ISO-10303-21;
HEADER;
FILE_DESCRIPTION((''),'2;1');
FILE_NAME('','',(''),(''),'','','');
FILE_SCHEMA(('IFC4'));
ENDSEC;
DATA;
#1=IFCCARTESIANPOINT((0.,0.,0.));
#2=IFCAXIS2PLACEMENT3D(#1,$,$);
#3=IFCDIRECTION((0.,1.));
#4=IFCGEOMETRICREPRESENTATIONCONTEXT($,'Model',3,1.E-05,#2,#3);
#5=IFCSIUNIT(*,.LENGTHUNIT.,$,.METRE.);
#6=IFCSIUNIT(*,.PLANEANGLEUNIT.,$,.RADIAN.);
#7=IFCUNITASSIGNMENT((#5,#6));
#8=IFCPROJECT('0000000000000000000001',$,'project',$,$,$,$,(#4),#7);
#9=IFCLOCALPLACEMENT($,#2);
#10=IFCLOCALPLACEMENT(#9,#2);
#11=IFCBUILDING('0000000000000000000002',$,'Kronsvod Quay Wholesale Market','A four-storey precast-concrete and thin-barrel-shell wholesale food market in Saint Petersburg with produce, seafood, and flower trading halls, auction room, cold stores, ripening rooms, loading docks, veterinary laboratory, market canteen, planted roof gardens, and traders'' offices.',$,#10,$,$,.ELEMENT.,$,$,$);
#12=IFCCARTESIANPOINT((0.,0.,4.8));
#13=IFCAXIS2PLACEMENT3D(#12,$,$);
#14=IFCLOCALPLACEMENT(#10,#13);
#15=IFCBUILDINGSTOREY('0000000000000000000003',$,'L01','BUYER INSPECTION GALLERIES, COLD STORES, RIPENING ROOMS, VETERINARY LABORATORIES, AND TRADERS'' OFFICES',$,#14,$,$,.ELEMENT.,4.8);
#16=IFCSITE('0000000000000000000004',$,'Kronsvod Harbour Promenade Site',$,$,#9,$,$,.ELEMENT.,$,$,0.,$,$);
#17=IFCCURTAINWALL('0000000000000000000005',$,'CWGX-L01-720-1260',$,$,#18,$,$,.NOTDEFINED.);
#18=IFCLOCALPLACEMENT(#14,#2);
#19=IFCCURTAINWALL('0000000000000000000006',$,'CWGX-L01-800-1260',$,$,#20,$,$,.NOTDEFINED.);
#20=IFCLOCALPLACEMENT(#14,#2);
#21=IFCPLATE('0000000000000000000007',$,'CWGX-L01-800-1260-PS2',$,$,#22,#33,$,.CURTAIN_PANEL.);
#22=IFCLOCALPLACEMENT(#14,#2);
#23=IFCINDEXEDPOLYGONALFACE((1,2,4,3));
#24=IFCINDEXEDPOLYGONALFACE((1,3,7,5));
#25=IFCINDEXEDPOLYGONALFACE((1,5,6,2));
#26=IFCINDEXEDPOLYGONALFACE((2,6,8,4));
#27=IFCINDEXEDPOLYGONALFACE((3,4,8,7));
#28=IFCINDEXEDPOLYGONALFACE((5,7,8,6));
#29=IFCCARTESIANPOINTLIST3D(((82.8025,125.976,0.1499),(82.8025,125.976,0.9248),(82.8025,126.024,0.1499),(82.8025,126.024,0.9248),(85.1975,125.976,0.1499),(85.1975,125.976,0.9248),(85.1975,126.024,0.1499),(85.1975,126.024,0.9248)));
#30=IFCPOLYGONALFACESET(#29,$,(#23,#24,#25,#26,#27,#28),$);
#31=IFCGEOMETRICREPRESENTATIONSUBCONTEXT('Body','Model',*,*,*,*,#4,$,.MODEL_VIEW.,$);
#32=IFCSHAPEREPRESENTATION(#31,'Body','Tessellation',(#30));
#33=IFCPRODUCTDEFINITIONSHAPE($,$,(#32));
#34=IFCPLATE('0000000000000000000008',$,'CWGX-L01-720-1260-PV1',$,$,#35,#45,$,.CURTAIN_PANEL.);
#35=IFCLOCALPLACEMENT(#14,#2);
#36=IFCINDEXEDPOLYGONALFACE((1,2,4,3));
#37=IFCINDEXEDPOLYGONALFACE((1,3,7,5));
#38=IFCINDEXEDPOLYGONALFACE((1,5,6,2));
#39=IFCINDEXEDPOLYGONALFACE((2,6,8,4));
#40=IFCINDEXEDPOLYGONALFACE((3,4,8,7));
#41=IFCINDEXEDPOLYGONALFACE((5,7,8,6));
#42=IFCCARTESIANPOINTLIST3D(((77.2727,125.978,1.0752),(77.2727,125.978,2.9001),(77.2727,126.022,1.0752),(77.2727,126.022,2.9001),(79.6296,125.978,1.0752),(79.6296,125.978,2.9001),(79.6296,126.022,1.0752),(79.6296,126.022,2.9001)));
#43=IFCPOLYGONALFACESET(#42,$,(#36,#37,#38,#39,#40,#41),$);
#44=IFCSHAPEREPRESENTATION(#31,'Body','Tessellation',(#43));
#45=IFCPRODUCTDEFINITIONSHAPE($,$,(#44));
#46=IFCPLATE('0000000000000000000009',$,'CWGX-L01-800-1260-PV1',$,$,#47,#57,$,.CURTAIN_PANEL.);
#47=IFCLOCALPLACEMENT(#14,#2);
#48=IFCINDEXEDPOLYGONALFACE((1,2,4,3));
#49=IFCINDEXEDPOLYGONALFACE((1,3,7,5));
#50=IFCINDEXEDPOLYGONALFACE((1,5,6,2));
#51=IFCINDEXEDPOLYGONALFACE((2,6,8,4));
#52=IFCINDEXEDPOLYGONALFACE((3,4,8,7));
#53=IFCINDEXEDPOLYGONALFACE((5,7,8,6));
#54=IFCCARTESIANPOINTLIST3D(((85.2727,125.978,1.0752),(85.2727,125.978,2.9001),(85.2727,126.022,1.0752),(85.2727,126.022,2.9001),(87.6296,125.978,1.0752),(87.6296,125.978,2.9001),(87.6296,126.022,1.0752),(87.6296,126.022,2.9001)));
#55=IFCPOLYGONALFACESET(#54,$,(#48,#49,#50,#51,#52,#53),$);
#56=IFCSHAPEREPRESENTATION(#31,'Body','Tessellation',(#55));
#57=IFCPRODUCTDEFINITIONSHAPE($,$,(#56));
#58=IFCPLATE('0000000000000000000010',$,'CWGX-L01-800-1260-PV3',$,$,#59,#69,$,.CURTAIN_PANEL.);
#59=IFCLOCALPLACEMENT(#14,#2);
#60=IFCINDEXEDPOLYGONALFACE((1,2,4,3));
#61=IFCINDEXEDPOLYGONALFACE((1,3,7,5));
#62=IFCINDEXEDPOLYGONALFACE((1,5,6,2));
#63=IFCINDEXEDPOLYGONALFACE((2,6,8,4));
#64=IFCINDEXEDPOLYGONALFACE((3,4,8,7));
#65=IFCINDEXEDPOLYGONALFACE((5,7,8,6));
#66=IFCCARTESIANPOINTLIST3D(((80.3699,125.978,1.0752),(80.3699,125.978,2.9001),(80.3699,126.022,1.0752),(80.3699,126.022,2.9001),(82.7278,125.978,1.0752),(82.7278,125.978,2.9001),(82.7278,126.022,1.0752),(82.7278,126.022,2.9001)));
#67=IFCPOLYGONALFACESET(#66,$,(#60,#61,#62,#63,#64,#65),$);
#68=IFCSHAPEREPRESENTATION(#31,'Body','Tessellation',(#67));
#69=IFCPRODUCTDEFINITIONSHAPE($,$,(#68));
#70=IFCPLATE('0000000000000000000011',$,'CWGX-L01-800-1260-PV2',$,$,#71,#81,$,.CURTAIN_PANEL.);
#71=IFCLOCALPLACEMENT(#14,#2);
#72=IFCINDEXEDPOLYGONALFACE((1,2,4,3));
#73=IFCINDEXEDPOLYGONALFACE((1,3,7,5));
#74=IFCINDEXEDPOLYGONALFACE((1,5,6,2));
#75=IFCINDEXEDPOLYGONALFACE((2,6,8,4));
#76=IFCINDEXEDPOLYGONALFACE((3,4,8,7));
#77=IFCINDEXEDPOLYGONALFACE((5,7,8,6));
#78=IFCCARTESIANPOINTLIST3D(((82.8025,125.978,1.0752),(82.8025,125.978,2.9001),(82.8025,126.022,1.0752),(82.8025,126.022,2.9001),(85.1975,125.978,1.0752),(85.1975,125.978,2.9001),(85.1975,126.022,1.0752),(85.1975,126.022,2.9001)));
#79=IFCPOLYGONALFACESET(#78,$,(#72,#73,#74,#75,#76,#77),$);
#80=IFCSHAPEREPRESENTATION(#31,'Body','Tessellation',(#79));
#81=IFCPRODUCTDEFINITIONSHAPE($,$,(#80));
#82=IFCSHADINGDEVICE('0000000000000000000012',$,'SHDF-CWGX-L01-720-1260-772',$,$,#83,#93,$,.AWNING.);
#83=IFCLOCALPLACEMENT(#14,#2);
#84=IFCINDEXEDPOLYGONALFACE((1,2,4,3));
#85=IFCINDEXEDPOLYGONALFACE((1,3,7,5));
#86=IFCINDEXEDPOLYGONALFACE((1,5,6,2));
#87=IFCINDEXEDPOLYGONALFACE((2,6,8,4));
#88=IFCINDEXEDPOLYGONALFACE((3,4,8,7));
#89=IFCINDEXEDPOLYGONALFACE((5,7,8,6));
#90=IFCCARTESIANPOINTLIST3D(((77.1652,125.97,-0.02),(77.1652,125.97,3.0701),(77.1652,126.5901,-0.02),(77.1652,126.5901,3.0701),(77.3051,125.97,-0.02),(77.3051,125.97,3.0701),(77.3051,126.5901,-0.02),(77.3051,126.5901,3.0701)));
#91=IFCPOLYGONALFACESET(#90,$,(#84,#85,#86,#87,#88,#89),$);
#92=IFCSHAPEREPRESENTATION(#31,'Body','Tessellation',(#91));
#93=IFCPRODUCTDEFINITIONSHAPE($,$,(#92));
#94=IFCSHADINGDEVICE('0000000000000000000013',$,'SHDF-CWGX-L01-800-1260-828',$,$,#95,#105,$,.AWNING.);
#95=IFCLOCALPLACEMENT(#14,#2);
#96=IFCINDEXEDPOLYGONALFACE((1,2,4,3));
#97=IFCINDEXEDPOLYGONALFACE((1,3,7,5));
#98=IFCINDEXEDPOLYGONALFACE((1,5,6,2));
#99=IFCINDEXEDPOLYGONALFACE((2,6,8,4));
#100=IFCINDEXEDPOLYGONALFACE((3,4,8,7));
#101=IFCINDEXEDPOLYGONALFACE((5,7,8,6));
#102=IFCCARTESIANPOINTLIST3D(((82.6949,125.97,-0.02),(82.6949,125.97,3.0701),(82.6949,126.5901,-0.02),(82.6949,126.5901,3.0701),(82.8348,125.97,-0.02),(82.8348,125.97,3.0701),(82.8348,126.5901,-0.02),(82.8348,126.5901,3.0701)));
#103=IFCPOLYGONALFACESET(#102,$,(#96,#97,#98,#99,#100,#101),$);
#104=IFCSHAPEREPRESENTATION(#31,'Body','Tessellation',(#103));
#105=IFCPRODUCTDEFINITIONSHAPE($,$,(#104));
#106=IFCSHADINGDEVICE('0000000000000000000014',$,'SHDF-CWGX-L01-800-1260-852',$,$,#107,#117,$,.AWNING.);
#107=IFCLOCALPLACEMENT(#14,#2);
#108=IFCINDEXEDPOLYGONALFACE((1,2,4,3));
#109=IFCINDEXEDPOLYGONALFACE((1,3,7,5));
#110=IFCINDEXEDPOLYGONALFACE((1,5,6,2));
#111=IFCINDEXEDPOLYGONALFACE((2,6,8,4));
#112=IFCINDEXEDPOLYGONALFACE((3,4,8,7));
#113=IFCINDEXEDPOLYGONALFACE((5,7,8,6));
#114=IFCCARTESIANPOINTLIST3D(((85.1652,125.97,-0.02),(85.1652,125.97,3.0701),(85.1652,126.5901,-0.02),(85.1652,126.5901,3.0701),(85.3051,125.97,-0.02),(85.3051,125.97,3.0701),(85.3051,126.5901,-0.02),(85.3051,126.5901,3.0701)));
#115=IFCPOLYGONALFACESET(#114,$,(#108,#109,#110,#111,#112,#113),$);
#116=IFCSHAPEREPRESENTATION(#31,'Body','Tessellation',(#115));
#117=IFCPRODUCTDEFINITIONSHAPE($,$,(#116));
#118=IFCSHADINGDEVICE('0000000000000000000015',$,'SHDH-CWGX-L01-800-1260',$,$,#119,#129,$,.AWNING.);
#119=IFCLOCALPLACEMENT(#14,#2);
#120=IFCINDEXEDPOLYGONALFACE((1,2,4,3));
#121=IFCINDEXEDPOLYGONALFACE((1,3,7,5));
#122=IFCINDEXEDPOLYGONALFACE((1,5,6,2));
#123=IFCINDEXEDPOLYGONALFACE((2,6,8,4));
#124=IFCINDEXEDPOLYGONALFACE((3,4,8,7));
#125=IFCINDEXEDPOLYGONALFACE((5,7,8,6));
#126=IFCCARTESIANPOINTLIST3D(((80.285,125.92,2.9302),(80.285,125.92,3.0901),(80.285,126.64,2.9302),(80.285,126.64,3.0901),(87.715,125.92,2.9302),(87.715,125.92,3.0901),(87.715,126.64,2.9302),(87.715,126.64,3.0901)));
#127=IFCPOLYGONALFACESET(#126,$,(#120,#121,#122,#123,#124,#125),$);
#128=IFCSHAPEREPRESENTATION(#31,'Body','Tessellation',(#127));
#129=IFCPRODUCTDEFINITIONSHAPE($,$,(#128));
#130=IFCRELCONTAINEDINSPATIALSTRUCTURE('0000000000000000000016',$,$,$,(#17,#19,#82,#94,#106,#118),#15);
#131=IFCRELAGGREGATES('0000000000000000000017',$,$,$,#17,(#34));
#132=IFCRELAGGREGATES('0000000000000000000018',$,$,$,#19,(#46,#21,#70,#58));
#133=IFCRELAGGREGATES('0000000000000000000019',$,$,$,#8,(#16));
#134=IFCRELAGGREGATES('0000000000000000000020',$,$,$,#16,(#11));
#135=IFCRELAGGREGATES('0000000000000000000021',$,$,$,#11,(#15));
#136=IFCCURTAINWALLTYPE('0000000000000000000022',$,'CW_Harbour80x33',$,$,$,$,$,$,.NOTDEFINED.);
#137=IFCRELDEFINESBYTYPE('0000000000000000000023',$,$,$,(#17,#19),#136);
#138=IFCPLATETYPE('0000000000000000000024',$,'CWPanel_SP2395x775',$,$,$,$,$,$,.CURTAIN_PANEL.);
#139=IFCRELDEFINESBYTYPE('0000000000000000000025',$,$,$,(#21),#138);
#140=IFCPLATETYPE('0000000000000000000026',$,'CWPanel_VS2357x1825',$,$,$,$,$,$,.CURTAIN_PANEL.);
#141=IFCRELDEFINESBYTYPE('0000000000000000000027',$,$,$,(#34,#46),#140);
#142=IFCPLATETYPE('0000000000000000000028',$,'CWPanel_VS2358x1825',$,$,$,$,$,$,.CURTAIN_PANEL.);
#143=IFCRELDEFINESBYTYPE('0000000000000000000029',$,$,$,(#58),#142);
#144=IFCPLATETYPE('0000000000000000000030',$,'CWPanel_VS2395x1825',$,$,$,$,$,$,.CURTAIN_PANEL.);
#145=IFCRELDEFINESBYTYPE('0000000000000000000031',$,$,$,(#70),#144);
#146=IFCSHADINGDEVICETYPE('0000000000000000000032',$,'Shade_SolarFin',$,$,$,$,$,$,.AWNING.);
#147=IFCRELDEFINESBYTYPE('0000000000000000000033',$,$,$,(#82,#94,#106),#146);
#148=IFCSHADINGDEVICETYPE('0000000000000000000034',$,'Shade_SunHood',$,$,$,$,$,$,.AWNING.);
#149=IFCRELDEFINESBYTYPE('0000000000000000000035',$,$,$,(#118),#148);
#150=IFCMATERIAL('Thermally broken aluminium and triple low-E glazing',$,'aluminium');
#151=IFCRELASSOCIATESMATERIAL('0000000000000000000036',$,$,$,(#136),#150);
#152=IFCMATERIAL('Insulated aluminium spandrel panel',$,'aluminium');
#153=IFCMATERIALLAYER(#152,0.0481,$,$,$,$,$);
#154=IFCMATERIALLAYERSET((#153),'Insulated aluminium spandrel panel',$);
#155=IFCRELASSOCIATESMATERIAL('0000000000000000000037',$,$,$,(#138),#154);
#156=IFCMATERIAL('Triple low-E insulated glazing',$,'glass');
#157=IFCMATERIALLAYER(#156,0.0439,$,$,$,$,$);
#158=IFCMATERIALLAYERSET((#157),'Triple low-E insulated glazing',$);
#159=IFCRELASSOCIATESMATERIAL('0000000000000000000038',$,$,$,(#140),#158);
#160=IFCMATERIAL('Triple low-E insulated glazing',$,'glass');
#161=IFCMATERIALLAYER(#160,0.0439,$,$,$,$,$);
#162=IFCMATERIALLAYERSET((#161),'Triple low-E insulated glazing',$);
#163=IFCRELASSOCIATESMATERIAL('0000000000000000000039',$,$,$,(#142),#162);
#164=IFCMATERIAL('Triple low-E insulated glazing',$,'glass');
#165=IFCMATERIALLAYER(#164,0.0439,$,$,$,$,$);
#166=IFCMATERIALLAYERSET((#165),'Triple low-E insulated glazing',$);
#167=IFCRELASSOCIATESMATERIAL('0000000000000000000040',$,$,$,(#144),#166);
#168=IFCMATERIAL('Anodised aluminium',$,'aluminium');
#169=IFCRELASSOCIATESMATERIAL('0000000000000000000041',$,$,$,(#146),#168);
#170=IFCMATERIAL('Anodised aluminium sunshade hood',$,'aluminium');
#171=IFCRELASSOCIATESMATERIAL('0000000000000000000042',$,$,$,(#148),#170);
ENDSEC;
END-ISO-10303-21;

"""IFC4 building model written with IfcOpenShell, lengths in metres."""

from ifc_helpers import new_model, si_unit, direction, frame, origin, origin_2d, place, context, subcontext, project, spatial, rectangle, extrude, material, layer, layer_set, type_object, element, aggregate, save


model = new_model("IFC4")

# Units and contexts
model_context = context("Model", 3, precision=1e-05, world=origin(), true_north=direction((0.0, 1.0)))
body_context = subcontext(model_context, "Body", "Model", "MODEL_VIEW")
ifc_project = project(units=[si_unit("LENGTHUNIT", "METRE"), si_unit("PLANEANGLEUNIT", "RADIAN")], contexts=[model_context])

# Site, building, storey
site_placement = place(None, origin())
site = spatial("IfcSite", under=ifc_project, at=site_placement, Name="Kronsvod Harbour Promenade Site", CompositionType="ELEMENT", RefElevation=0.0)
building_placement = place(site_placement, origin())
building = spatial("IfcBuilding", under=site, at=building_placement, Name="Kronsvod Quay Wholesale Market", Description="A four-storey precast-concrete and thin-barrel-shell wholesale food market in Saint Petersburg with produce, seafood, and flower trading halls, auction room, cold stores, ripening rooms, loading docks, veterinary laboratory, market canteen, planted roof gardens, and traders' offices.", CompositionType="ELEMENT")
storey_placement = place(building_placement, frame((0.0, 0.0, 4.8)))
storey = spatial("IfcBuildingStorey", under=building, at=storey_placement, Name="L01", Description="BUYER INSPECTION GALLERIES, COLD STORES, RIPENING ROOMS, VETERINARY LABORATORIES, AND TRADERS' OFFICES", CompositionType="ELEMENT", Elevation=4.8)

# Curtain wall
ifc_material_1 = material(Name="Thermally broken aluminium and triple low-E glazing", Category="aluminium")
curtain_wall_type = type_object("IfcCurtainWallType", Name="CW_Harbour80x33", PredefinedType="NOTDEFINED", material=ifc_material_1)
curtain_wall_1_placement = place(storey_placement, origin())
curtain_wall_1 = element("IfcCurtainWall", 1, at=curtain_wall_1_placement, inside=storey, type_object=curtain_wall_type, Name="CWGX-L01-720-1260", PredefinedType="NOTDEFINED")

# Curtain wall
curtain_wall_2_placement = place(storey_placement, origin())
curtain_wall_2 = element("IfcCurtainWall", 2, at=curtain_wall_2_placement, inside=storey, type_object=curtain_wall_type, Name="CWGX-L01-800-1260", PredefinedType="NOTDEFINED")

# Plates
ifc_material_2 = material(Name="Insulated aluminium spandrel panel", Category="aluminium")
ifc_layer_1 = layer(ifc_material_2, 0.0481)
ifc_layer_set_1 = layer_set([ifc_layer_1], Name="Insulated aluminium spandrel panel")
plate_type_1 = type_object("IfcPlateType", Name="CWPanel_SP2395x775", PredefinedType="CURTAIN_PANEL", material=ifc_layer_set_1)
plate_1_placement = place(storey_placement, frame((84.0, 126.0, 0.1499), z_axis=(0.0, 0.0, 1.0), x_axis=(-1.0, 0.0, 0.0)))
plate_1 = element("IfcPlate", 3, at=plate_1_placement, type_object=plate_type_1, Name="CWGX-L01-800-1260-PS2", PredefinedType="CURTAIN_PANEL", context=body_context, shape_type="SweptSolid", body=[
    extrude(rectangle(XDim=2.395, YDim=0.0481, at=origin_2d()), origin(), (0.0, 0.0, 1.0), 0.7749),
])
ifc_material_3 = material(Name="Triple low-E insulated glazing", Category="glass")
ifc_layer_2 = layer(ifc_material_3, 0.0439)
ifc_layer_set_2 = layer_set([ifc_layer_2], Name="Triple low-E insulated glazing")
plate_type_2 = type_object("IfcPlateType", Name="CWPanel_VS2357x1825", PredefinedType="CURTAIN_PANEL", material=ifc_layer_set_2)
plate_2_placement = place(storey_placement, frame((78.4512, 126.0, 1.0752), z_axis=(0.0, 0.0, 1.0), x_axis=(-1.0, 0.0, 0.0)))
plate_2 = element("IfcPlate", 4, at=plate_2_placement, type_object=plate_type_2, Name="CWGX-L01-720-1260-PV1", PredefinedType="CURTAIN_PANEL", context=body_context, shape_type="SweptSolid", body=[
    extrude(rectangle(XDim=2.3569, YDim=0.0439, at=origin_2d()), origin(), (0.0, 0.0, 1.0), 1.825),
])
aggregate(curtain_wall_1, [plate_2])
plate_3_placement = place(storey_placement, frame((86.4512, 126.0, 1.0752), z_axis=(0.0, 0.0, 1.0), x_axis=(-1.0, 0.0, 0.0)))
plate_3 = element("IfcPlate", 5, at=plate_3_placement, type_object=plate_type_2, Name="CWGX-L01-800-1260-PV1", PredefinedType="CURTAIN_PANEL", context=body_context, shape_type="SweptSolid", body=[
    extrude(rectangle(XDim=2.3569, YDim=0.0439, at=origin_2d()), origin(), (0.0, 0.0, 1.0), 1.825),
])
ifc_material_4 = material(Name="Triple low-E insulated glazing", Category="glass")
ifc_layer_3 = layer(ifc_material_4, 0.0439)
ifc_layer_set_3 = layer_set([ifc_layer_3], Name="Triple low-E insulated glazing")
plate_type_3 = type_object("IfcPlateType", Name="CWPanel_VS2358x1825", PredefinedType="CURTAIN_PANEL", material=ifc_layer_set_3)
plate_4_placement = place(storey_placement, frame((81.5488, 126.0, 1.0752), z_axis=(0.0, 0.0, 1.0), x_axis=(-1.0, 0.0, 0.0)))
plate_4 = element("IfcPlate", 6, at=plate_4_placement, type_object=plate_type_3, Name="CWGX-L01-800-1260-PV3", PredefinedType="CURTAIN_PANEL", context=body_context, shape_type="SweptSolid", body=[
    extrude(rectangle(XDim=2.3579, YDim=0.0439, at=origin_2d()), origin(), (0.0, 0.0, 1.0), 1.825),
])
ifc_material_5 = material(Name="Triple low-E insulated glazing", Category="glass")
ifc_layer_4 = layer(ifc_material_5, 0.0439)
ifc_layer_set_4 = layer_set([ifc_layer_4], Name="Triple low-E insulated glazing")
plate_type_4 = type_object("IfcPlateType", Name="CWPanel_VS2395x1825", PredefinedType="CURTAIN_PANEL", material=ifc_layer_set_4)
plate_5_placement = place(storey_placement, frame((84.0, 126.0, 1.0752), z_axis=(0.0, 0.0, 1.0), x_axis=(-1.0, 0.0, 0.0)))
plate_5 = element("IfcPlate", 7, at=plate_5_placement, type_object=plate_type_4, Name="CWGX-L01-800-1260-PV2", PredefinedType="CURTAIN_PANEL", context=body_context, shape_type="SweptSolid", body=[
    extrude(rectangle(XDim=2.395, YDim=0.0439, at=origin_2d()), origin(), (0.0, 0.0, 1.0), 1.825),
])
aggregate(curtain_wall_2, [plate_3, plate_1, plate_5, plate_4])

# Shading devices
ifc_material_6 = material(Name="Anodised aluminium", Category="aluminium")
shading_device_type_1 = type_object("IfcShadingDeviceType", Name="Shade_SolarFin", PredefinedType="AWNING", material=ifc_material_6)
for number, where, z_axis, x_axis, name in (
    (8, (77.2351, 126.28, -0.02), (0.0, 0.0, 1.0), (1.0, 0.0, 0.0), "SHDF-CWGX-L01-720-1260-772"),
    (9, (82.7649, 126.28, -0.02), (0.0, 0.0, 1.0), (1.0, 0.0, 0.0), "SHDF-CWGX-L01-800-1260-828"),
    (10, (85.2351, 126.28, -0.02), (0.0, 0.0, 1.0), (1.0, 0.0, 0.0), "SHDF-CWGX-L01-800-1260-852"),
):
    element("IfcShadingDevice", number, at=place(storey_placement, frame(where, z_axis=z_axis, x_axis=x_axis)), inside=storey, type_object=shading_device_type_1, Name=name, PredefinedType="AWNING", context=body_context, shape_type="SweptSolid", body=[
        extrude(rectangle(XDim=0.1399, YDim=0.6201, at=origin_2d()), origin(), (0.0, 0.0, 1.0), 3.0901),
    ])
ifc_material_7 = material(Name="Anodised aluminium sunshade hood", Category="aluminium")
shading_device_type_2 = type_object("IfcShadingDeviceType", Name="Shade_SunHood", PredefinedType="AWNING", material=ifc_material_7)
shading_device_placement = place(storey_placement, frame((84.0, 126.28, 2.9302), z_axis=(0.0, 0.0, 1.0), x_axis=(1.0, 0.0, 0.0)))
element("IfcShadingDevice", 11, at=shading_device_placement, inside=storey, type_object=shading_device_type_2, Name="SHDH-CWGX-L01-800-1260", PredefinedType="AWNING", context=body_context, shape_type="SweptSolid", body=[
    extrude(rectangle(XDim=7.4299, YDim=0.72, at=origin_2d()), origin(), (0.0, 0.0, 1.0), 0.1599),
])

save(model, "model.ifc")
